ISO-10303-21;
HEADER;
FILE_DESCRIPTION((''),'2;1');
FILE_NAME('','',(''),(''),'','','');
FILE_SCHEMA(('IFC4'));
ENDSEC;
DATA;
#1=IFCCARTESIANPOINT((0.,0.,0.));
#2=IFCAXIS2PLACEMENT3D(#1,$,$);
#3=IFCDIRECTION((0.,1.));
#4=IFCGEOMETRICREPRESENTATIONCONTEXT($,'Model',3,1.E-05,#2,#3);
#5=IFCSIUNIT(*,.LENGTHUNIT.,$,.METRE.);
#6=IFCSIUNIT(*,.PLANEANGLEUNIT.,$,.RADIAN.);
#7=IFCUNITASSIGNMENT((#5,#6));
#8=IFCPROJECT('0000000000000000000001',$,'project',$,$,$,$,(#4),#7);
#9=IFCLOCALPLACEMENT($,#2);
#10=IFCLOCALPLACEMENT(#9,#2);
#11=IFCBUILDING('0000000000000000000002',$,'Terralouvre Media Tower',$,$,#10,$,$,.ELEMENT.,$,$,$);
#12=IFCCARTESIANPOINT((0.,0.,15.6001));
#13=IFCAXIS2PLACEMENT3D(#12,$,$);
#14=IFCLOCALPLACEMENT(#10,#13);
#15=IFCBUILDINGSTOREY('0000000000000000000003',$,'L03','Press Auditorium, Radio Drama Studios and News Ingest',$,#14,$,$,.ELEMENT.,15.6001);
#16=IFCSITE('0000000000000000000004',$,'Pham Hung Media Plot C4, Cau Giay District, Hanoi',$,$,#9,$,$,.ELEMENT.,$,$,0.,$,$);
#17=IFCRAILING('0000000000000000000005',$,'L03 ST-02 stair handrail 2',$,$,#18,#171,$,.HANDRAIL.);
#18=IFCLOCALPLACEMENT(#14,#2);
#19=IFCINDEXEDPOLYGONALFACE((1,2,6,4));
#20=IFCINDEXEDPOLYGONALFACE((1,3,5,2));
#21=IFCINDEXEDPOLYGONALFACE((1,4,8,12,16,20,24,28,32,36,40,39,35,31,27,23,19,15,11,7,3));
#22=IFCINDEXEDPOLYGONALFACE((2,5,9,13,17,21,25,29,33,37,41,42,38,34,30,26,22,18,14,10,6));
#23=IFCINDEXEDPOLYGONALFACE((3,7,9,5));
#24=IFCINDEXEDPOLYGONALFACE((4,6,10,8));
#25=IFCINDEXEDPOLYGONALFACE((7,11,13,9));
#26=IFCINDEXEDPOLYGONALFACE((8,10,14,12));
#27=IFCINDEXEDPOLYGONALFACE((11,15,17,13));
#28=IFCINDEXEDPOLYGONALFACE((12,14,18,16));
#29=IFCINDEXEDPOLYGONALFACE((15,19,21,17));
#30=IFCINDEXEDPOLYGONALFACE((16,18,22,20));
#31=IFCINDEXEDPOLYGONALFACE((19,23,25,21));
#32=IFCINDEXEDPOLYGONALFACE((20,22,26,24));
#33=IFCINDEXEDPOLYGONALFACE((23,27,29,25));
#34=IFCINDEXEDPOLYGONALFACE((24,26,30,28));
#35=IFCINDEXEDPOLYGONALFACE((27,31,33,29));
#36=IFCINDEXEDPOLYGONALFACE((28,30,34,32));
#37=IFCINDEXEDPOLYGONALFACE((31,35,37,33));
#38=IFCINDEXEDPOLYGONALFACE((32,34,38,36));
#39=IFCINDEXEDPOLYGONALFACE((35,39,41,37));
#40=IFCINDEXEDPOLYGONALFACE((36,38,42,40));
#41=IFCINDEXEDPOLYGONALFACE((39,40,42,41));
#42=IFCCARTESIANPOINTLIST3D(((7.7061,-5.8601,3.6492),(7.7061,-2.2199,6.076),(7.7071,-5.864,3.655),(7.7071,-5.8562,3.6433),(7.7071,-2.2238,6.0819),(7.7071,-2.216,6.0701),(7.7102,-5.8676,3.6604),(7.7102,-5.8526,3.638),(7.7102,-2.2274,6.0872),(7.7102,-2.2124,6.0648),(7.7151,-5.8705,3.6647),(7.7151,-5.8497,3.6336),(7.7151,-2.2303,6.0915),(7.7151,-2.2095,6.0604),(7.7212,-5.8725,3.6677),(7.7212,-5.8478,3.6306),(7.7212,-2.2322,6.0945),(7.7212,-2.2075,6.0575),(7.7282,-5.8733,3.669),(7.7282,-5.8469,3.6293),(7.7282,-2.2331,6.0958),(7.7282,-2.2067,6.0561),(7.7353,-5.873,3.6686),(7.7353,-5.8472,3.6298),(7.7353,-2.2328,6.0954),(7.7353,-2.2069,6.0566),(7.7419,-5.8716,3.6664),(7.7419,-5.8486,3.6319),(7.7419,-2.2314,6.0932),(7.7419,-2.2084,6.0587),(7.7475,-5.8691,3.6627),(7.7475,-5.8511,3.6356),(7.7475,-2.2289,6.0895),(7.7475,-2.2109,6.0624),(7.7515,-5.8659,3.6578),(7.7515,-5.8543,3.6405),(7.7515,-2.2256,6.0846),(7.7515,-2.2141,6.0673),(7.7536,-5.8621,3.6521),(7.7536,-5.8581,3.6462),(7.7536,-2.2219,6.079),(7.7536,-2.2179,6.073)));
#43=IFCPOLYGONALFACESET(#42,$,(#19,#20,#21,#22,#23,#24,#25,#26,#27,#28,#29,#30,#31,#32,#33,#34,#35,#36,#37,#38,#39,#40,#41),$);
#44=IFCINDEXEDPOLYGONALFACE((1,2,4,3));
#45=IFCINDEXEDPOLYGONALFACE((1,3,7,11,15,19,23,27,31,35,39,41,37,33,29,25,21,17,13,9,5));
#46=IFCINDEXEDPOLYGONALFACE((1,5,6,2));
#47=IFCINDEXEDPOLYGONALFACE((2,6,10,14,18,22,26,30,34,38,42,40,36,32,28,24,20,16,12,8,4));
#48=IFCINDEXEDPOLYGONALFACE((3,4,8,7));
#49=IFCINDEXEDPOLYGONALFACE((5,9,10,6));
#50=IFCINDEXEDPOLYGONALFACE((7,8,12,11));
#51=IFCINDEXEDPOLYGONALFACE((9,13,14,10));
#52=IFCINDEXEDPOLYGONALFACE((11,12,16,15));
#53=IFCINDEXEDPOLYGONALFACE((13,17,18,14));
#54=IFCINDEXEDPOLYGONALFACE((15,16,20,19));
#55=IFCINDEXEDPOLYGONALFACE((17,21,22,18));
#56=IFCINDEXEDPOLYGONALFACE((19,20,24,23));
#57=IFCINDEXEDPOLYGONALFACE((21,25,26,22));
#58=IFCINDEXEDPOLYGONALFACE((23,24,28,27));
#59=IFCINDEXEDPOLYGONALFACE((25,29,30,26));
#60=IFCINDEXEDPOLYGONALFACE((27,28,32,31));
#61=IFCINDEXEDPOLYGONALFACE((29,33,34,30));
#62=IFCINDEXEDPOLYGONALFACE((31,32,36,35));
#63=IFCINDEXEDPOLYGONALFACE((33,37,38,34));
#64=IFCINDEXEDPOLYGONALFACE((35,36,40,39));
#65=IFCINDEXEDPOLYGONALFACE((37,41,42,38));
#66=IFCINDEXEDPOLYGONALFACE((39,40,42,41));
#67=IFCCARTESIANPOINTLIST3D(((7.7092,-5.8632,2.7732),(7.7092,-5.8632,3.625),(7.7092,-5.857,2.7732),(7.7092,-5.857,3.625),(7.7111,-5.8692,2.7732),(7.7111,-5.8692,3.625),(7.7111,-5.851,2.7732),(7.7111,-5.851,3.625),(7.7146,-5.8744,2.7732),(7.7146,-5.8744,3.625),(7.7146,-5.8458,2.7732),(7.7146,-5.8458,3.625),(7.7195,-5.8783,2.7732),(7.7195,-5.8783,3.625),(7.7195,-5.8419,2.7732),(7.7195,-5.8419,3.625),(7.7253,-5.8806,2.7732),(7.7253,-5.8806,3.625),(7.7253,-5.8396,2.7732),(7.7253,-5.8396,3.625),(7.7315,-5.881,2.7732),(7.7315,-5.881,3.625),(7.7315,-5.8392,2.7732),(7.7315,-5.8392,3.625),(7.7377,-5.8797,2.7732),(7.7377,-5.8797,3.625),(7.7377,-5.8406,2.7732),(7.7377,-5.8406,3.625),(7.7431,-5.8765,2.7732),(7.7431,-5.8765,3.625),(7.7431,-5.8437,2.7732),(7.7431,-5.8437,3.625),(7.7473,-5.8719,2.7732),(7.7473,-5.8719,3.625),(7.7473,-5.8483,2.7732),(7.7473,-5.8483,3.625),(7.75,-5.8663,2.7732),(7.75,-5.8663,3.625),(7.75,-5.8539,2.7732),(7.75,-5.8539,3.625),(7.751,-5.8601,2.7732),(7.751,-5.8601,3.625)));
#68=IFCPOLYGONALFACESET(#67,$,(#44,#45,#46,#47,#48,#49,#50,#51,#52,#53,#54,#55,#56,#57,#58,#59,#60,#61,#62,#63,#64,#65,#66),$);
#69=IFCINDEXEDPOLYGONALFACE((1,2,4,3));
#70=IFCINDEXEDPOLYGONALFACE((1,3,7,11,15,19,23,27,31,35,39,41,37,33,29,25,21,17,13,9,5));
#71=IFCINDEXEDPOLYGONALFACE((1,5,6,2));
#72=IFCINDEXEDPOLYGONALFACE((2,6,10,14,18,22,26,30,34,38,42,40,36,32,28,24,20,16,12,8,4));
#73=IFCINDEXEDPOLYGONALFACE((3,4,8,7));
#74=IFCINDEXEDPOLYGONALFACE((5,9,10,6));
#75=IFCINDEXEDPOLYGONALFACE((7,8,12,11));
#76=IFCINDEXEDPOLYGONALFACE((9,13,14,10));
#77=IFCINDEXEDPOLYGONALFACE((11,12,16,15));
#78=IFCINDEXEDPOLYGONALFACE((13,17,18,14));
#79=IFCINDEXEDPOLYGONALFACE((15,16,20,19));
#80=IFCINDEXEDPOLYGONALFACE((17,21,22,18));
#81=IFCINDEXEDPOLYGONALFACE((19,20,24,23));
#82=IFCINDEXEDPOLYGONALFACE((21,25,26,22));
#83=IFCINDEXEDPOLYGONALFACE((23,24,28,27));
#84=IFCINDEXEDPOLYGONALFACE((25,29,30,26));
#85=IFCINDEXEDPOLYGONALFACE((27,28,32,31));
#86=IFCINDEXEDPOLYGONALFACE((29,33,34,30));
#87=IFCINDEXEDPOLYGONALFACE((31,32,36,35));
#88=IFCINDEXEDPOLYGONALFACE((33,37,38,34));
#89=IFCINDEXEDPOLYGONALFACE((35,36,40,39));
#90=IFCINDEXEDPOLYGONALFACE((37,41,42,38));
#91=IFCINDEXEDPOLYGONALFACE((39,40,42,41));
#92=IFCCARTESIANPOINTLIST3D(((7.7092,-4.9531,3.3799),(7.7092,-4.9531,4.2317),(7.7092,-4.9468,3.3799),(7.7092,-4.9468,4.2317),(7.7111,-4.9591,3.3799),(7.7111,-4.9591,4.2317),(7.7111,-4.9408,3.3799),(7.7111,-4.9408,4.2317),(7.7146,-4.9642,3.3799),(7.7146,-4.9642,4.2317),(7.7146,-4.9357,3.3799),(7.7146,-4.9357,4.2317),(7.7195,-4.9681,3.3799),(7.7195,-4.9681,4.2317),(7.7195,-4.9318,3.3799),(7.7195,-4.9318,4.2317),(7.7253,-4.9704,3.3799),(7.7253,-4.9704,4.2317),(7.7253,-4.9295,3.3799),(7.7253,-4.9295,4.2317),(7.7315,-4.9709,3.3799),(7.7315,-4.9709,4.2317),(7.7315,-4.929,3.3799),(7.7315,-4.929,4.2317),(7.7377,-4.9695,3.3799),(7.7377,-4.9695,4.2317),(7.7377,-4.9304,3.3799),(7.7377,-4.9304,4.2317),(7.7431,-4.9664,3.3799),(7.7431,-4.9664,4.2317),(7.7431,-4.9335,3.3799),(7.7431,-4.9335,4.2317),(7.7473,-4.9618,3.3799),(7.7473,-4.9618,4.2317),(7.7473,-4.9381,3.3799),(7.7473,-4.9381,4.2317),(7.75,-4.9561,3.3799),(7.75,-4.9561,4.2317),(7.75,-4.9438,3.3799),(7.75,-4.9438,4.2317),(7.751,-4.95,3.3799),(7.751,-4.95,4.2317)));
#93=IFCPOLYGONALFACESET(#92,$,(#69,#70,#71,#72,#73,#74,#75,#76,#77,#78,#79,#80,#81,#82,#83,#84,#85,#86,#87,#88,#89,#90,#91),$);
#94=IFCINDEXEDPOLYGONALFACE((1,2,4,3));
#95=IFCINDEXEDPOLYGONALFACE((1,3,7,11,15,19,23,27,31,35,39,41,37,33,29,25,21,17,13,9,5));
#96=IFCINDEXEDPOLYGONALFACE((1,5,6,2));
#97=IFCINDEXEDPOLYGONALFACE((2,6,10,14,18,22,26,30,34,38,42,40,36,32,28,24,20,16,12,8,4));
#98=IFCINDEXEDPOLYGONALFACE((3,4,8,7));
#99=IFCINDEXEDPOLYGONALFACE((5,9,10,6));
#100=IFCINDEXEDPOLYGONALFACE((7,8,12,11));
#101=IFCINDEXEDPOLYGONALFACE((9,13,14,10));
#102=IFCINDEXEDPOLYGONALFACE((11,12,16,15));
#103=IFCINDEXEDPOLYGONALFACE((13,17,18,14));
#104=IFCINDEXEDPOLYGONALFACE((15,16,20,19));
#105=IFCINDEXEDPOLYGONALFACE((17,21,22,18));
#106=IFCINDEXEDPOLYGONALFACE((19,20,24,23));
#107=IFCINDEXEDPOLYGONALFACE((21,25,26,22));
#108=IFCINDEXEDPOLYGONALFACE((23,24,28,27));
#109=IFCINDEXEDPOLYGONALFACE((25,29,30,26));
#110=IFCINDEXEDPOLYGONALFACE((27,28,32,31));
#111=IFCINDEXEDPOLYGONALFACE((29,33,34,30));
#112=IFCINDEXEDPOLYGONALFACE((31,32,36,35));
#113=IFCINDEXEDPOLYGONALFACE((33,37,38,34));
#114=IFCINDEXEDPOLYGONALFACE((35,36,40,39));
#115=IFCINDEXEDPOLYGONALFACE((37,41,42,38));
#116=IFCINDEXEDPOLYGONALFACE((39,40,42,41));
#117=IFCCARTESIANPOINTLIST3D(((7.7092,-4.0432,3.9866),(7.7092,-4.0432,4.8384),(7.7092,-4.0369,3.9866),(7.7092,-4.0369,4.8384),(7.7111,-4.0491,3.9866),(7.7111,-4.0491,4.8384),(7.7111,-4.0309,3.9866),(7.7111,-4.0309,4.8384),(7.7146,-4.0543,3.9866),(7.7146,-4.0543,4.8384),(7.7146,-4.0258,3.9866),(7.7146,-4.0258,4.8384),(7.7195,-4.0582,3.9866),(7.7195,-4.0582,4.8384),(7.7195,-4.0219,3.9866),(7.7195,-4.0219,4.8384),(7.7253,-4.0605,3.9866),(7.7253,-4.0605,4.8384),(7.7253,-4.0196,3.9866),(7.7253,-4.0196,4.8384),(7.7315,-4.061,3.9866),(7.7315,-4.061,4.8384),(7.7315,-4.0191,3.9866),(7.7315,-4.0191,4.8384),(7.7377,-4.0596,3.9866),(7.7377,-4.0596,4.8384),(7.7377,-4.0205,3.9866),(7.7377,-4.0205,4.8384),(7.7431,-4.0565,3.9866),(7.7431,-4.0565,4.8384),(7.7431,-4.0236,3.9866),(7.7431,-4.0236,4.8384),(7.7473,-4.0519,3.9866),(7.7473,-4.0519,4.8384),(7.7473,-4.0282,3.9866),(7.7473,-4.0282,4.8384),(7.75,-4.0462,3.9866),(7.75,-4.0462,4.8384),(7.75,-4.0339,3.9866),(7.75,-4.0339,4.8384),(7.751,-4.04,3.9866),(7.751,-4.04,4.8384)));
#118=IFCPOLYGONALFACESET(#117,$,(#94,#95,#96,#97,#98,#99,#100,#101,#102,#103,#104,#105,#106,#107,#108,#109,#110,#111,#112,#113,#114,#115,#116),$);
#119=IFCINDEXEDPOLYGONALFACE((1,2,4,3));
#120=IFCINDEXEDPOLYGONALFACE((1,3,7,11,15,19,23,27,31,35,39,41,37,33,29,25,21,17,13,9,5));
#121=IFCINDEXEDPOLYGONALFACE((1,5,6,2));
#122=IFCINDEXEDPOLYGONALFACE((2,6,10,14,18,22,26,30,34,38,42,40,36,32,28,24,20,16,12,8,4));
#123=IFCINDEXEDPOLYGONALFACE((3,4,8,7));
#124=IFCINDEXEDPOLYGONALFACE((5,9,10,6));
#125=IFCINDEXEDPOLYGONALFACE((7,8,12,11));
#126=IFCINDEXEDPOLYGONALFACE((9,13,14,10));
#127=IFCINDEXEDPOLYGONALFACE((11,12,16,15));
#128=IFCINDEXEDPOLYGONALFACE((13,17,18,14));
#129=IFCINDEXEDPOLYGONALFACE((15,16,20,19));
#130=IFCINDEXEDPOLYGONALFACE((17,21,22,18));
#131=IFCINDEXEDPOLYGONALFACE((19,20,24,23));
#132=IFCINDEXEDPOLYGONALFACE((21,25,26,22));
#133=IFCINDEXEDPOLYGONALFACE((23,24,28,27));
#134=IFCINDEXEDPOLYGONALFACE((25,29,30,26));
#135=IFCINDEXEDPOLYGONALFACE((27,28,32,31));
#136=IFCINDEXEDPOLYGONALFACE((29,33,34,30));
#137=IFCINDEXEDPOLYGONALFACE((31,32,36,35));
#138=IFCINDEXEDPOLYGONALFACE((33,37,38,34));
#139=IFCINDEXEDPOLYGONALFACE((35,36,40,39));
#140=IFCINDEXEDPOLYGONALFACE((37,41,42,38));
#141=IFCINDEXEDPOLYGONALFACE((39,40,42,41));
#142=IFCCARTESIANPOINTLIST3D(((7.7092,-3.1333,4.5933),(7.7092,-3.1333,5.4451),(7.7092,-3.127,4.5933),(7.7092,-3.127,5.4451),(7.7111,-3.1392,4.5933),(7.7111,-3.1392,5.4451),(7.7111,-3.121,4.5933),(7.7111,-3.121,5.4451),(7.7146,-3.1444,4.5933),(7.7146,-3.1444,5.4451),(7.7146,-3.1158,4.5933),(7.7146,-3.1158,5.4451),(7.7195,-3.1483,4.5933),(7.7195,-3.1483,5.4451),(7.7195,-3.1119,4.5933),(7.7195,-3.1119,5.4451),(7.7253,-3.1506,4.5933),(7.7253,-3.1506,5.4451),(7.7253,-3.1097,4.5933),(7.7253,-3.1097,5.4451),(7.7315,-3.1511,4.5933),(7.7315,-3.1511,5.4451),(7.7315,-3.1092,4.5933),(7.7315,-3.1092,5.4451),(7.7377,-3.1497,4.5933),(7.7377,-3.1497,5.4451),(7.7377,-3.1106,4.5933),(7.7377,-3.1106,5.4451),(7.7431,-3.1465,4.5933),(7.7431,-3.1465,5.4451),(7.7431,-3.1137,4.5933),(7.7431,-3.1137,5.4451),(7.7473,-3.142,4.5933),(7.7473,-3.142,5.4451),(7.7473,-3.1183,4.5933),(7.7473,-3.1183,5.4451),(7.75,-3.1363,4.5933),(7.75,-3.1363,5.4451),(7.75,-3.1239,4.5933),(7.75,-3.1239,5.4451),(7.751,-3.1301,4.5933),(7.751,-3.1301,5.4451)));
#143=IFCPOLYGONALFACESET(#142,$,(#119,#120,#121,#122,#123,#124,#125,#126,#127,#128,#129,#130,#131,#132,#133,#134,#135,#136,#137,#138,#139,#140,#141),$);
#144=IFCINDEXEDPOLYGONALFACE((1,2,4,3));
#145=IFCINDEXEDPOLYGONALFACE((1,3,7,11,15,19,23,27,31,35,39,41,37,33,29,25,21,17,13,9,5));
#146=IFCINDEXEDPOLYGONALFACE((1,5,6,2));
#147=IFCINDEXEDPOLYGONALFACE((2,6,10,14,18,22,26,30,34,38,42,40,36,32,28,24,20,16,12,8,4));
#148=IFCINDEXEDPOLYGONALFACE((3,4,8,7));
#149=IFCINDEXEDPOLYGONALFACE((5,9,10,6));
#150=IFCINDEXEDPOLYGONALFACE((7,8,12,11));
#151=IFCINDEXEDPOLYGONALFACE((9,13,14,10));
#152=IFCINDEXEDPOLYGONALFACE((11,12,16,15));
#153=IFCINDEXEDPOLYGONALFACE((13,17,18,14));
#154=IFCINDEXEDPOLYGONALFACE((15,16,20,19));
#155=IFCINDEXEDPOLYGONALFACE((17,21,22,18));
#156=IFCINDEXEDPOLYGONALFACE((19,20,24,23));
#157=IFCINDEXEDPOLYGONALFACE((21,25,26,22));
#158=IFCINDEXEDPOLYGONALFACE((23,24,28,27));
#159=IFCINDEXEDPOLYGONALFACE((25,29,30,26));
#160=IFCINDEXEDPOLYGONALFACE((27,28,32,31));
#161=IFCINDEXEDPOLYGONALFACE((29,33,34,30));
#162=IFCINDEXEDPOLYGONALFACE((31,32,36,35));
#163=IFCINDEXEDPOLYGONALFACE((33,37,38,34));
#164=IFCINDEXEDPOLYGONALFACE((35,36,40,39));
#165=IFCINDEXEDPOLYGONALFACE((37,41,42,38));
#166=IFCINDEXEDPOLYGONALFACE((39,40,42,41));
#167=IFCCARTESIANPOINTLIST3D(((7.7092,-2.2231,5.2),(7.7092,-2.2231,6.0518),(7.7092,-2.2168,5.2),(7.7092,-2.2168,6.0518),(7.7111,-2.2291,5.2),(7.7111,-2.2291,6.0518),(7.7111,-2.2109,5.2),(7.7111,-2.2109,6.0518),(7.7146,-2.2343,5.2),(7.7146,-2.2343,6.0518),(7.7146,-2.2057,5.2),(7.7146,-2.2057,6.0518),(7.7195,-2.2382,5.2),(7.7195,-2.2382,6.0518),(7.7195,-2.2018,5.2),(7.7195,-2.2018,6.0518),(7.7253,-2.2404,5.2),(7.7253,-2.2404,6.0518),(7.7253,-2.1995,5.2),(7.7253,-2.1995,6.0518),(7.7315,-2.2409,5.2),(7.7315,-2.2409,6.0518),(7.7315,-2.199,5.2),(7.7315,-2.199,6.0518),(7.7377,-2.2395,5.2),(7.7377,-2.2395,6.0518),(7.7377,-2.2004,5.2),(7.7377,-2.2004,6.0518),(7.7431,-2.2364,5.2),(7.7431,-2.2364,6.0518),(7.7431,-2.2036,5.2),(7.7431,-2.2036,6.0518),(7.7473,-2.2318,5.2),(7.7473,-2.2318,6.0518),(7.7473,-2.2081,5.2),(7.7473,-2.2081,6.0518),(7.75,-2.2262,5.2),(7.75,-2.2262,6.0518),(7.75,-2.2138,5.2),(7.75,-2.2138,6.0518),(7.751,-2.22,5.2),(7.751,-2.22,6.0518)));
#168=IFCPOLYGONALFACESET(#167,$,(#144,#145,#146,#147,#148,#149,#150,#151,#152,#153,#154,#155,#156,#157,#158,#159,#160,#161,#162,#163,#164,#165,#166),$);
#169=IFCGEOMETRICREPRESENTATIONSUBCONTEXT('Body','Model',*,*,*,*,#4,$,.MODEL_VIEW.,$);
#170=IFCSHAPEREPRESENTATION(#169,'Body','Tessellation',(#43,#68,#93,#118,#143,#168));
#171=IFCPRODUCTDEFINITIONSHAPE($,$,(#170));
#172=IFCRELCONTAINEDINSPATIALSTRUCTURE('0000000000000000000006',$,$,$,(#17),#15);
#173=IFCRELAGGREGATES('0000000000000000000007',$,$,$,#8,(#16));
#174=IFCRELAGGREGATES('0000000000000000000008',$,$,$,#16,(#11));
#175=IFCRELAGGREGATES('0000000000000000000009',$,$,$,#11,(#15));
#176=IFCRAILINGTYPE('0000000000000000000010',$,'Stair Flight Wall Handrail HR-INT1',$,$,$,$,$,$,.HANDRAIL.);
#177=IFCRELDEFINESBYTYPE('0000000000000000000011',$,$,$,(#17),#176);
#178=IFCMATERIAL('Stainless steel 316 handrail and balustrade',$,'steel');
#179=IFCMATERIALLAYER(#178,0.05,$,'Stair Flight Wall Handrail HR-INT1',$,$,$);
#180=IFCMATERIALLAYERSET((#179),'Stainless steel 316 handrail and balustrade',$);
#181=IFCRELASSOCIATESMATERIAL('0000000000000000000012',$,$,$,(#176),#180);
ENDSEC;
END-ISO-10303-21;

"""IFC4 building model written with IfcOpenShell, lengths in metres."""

from ifc_helpers import new_model, si_unit, direction, frame, origin, origin_2d, place, context, subcontext, project, spatial, circle, extrude, material, layer, layer_set, type_object, element, save


model = new_model("IFC4")

# Units and contexts
model_context = context("Model", 3, precision=1e-05, world=origin(), true_north=direction((0.0, 1.0)))
body_context = subcontext(model_context, "Body", "Model", "MODEL_VIEW")
ifc_project = project(units=[si_unit("LENGTHUNIT", "METRE"), si_unit("PLANEANGLEUNIT", "RADIAN")], contexts=[model_context])

# Site, building, storey
site_placement = place(None, origin())
site = spatial("IfcSite", under=ifc_project, at=site_placement, Name="Pham Hung Media Plot C4, Cau Giay District, Hanoi", CompositionType="ELEMENT", RefElevation=0.0)
building_placement = place(site_placement, origin())
building = spatial("IfcBuilding", under=site, at=building_placement, Name="Terralouvre Media Tower", CompositionType="ELEMENT")
storey_placement = place(building_placement, frame((0.0, 0.0, 15.6001)))
storey = spatial("IfcBuildingStorey", under=building, at=storey_placement, Name="L03", Description="Press Auditorium, Radio Drama Studios and News Ingest", CompositionType="ELEMENT", Elevation=15.6001)

# Railing
ifc_material_1 = material(Name="Stainless steel 316 handrail and balustrade", Category="steel")
ifc_layer_1 = layer(ifc_material_1, 0.05, Name="Stair Flight Wall Handrail HR-INT1")
ifc_layer_set_1 = layer_set([ifc_layer_1], Name="Stainless steel 316 handrail and balustrade")
railing_type_1 = type_object("IfcRailingType", Name="Stair Flight Wall Handrail HR-INT1", PredefinedType="HANDRAIL", material=ifc_layer_set_1)
railing_1_placement = place(storey_placement, frame((7.73, -5.8601, 2.7732)))
element("IfcRailing", 1, at=railing_1_placement, inside=storey, type_object=railing_type_1, Name="L03 ST-02 stair handrail 2", PredefinedType="HANDRAIL", context=body_context, shape_type="SweptSolid", body=[
    extrude(circle(Radius=0.0239, at=origin_2d()), frame((0.0, 0.0, 0.876), z_axis=(0.0, 0.83205, 0.5547), x_axis=(-1.0, 0.0, 0.0)), (0.0, 0.0, 1.0), 4.375),
    extrude(circle(Radius=0.021, at=origin_2d()), origin(), (0.0, 0.0, 1.0), 0.8518),
    extrude(circle(Radius=0.021, at=origin_2d()), frame((0.0, 0.9102, 0.6067)), (0.0, 0.0, 1.0), 0.8518),
    extrude(circle(Radius=0.021, at=origin_2d()), frame((0.0, 1.8201, 1.2134)), (0.0, 0.0, 1.0), 0.8518),
    extrude(circle(Radius=0.021, at=origin_2d()), frame((0.0, 2.73, 1.8201)), (0.0, 0.0, 1.0), 0.8518),
    extrude(circle(Radius=0.021, at=origin_2d()), frame((0.0, 3.6401, 2.4268)), (0.0, 0.0, 1.0), 0.8518),
])

save(model, "model.ifc")
